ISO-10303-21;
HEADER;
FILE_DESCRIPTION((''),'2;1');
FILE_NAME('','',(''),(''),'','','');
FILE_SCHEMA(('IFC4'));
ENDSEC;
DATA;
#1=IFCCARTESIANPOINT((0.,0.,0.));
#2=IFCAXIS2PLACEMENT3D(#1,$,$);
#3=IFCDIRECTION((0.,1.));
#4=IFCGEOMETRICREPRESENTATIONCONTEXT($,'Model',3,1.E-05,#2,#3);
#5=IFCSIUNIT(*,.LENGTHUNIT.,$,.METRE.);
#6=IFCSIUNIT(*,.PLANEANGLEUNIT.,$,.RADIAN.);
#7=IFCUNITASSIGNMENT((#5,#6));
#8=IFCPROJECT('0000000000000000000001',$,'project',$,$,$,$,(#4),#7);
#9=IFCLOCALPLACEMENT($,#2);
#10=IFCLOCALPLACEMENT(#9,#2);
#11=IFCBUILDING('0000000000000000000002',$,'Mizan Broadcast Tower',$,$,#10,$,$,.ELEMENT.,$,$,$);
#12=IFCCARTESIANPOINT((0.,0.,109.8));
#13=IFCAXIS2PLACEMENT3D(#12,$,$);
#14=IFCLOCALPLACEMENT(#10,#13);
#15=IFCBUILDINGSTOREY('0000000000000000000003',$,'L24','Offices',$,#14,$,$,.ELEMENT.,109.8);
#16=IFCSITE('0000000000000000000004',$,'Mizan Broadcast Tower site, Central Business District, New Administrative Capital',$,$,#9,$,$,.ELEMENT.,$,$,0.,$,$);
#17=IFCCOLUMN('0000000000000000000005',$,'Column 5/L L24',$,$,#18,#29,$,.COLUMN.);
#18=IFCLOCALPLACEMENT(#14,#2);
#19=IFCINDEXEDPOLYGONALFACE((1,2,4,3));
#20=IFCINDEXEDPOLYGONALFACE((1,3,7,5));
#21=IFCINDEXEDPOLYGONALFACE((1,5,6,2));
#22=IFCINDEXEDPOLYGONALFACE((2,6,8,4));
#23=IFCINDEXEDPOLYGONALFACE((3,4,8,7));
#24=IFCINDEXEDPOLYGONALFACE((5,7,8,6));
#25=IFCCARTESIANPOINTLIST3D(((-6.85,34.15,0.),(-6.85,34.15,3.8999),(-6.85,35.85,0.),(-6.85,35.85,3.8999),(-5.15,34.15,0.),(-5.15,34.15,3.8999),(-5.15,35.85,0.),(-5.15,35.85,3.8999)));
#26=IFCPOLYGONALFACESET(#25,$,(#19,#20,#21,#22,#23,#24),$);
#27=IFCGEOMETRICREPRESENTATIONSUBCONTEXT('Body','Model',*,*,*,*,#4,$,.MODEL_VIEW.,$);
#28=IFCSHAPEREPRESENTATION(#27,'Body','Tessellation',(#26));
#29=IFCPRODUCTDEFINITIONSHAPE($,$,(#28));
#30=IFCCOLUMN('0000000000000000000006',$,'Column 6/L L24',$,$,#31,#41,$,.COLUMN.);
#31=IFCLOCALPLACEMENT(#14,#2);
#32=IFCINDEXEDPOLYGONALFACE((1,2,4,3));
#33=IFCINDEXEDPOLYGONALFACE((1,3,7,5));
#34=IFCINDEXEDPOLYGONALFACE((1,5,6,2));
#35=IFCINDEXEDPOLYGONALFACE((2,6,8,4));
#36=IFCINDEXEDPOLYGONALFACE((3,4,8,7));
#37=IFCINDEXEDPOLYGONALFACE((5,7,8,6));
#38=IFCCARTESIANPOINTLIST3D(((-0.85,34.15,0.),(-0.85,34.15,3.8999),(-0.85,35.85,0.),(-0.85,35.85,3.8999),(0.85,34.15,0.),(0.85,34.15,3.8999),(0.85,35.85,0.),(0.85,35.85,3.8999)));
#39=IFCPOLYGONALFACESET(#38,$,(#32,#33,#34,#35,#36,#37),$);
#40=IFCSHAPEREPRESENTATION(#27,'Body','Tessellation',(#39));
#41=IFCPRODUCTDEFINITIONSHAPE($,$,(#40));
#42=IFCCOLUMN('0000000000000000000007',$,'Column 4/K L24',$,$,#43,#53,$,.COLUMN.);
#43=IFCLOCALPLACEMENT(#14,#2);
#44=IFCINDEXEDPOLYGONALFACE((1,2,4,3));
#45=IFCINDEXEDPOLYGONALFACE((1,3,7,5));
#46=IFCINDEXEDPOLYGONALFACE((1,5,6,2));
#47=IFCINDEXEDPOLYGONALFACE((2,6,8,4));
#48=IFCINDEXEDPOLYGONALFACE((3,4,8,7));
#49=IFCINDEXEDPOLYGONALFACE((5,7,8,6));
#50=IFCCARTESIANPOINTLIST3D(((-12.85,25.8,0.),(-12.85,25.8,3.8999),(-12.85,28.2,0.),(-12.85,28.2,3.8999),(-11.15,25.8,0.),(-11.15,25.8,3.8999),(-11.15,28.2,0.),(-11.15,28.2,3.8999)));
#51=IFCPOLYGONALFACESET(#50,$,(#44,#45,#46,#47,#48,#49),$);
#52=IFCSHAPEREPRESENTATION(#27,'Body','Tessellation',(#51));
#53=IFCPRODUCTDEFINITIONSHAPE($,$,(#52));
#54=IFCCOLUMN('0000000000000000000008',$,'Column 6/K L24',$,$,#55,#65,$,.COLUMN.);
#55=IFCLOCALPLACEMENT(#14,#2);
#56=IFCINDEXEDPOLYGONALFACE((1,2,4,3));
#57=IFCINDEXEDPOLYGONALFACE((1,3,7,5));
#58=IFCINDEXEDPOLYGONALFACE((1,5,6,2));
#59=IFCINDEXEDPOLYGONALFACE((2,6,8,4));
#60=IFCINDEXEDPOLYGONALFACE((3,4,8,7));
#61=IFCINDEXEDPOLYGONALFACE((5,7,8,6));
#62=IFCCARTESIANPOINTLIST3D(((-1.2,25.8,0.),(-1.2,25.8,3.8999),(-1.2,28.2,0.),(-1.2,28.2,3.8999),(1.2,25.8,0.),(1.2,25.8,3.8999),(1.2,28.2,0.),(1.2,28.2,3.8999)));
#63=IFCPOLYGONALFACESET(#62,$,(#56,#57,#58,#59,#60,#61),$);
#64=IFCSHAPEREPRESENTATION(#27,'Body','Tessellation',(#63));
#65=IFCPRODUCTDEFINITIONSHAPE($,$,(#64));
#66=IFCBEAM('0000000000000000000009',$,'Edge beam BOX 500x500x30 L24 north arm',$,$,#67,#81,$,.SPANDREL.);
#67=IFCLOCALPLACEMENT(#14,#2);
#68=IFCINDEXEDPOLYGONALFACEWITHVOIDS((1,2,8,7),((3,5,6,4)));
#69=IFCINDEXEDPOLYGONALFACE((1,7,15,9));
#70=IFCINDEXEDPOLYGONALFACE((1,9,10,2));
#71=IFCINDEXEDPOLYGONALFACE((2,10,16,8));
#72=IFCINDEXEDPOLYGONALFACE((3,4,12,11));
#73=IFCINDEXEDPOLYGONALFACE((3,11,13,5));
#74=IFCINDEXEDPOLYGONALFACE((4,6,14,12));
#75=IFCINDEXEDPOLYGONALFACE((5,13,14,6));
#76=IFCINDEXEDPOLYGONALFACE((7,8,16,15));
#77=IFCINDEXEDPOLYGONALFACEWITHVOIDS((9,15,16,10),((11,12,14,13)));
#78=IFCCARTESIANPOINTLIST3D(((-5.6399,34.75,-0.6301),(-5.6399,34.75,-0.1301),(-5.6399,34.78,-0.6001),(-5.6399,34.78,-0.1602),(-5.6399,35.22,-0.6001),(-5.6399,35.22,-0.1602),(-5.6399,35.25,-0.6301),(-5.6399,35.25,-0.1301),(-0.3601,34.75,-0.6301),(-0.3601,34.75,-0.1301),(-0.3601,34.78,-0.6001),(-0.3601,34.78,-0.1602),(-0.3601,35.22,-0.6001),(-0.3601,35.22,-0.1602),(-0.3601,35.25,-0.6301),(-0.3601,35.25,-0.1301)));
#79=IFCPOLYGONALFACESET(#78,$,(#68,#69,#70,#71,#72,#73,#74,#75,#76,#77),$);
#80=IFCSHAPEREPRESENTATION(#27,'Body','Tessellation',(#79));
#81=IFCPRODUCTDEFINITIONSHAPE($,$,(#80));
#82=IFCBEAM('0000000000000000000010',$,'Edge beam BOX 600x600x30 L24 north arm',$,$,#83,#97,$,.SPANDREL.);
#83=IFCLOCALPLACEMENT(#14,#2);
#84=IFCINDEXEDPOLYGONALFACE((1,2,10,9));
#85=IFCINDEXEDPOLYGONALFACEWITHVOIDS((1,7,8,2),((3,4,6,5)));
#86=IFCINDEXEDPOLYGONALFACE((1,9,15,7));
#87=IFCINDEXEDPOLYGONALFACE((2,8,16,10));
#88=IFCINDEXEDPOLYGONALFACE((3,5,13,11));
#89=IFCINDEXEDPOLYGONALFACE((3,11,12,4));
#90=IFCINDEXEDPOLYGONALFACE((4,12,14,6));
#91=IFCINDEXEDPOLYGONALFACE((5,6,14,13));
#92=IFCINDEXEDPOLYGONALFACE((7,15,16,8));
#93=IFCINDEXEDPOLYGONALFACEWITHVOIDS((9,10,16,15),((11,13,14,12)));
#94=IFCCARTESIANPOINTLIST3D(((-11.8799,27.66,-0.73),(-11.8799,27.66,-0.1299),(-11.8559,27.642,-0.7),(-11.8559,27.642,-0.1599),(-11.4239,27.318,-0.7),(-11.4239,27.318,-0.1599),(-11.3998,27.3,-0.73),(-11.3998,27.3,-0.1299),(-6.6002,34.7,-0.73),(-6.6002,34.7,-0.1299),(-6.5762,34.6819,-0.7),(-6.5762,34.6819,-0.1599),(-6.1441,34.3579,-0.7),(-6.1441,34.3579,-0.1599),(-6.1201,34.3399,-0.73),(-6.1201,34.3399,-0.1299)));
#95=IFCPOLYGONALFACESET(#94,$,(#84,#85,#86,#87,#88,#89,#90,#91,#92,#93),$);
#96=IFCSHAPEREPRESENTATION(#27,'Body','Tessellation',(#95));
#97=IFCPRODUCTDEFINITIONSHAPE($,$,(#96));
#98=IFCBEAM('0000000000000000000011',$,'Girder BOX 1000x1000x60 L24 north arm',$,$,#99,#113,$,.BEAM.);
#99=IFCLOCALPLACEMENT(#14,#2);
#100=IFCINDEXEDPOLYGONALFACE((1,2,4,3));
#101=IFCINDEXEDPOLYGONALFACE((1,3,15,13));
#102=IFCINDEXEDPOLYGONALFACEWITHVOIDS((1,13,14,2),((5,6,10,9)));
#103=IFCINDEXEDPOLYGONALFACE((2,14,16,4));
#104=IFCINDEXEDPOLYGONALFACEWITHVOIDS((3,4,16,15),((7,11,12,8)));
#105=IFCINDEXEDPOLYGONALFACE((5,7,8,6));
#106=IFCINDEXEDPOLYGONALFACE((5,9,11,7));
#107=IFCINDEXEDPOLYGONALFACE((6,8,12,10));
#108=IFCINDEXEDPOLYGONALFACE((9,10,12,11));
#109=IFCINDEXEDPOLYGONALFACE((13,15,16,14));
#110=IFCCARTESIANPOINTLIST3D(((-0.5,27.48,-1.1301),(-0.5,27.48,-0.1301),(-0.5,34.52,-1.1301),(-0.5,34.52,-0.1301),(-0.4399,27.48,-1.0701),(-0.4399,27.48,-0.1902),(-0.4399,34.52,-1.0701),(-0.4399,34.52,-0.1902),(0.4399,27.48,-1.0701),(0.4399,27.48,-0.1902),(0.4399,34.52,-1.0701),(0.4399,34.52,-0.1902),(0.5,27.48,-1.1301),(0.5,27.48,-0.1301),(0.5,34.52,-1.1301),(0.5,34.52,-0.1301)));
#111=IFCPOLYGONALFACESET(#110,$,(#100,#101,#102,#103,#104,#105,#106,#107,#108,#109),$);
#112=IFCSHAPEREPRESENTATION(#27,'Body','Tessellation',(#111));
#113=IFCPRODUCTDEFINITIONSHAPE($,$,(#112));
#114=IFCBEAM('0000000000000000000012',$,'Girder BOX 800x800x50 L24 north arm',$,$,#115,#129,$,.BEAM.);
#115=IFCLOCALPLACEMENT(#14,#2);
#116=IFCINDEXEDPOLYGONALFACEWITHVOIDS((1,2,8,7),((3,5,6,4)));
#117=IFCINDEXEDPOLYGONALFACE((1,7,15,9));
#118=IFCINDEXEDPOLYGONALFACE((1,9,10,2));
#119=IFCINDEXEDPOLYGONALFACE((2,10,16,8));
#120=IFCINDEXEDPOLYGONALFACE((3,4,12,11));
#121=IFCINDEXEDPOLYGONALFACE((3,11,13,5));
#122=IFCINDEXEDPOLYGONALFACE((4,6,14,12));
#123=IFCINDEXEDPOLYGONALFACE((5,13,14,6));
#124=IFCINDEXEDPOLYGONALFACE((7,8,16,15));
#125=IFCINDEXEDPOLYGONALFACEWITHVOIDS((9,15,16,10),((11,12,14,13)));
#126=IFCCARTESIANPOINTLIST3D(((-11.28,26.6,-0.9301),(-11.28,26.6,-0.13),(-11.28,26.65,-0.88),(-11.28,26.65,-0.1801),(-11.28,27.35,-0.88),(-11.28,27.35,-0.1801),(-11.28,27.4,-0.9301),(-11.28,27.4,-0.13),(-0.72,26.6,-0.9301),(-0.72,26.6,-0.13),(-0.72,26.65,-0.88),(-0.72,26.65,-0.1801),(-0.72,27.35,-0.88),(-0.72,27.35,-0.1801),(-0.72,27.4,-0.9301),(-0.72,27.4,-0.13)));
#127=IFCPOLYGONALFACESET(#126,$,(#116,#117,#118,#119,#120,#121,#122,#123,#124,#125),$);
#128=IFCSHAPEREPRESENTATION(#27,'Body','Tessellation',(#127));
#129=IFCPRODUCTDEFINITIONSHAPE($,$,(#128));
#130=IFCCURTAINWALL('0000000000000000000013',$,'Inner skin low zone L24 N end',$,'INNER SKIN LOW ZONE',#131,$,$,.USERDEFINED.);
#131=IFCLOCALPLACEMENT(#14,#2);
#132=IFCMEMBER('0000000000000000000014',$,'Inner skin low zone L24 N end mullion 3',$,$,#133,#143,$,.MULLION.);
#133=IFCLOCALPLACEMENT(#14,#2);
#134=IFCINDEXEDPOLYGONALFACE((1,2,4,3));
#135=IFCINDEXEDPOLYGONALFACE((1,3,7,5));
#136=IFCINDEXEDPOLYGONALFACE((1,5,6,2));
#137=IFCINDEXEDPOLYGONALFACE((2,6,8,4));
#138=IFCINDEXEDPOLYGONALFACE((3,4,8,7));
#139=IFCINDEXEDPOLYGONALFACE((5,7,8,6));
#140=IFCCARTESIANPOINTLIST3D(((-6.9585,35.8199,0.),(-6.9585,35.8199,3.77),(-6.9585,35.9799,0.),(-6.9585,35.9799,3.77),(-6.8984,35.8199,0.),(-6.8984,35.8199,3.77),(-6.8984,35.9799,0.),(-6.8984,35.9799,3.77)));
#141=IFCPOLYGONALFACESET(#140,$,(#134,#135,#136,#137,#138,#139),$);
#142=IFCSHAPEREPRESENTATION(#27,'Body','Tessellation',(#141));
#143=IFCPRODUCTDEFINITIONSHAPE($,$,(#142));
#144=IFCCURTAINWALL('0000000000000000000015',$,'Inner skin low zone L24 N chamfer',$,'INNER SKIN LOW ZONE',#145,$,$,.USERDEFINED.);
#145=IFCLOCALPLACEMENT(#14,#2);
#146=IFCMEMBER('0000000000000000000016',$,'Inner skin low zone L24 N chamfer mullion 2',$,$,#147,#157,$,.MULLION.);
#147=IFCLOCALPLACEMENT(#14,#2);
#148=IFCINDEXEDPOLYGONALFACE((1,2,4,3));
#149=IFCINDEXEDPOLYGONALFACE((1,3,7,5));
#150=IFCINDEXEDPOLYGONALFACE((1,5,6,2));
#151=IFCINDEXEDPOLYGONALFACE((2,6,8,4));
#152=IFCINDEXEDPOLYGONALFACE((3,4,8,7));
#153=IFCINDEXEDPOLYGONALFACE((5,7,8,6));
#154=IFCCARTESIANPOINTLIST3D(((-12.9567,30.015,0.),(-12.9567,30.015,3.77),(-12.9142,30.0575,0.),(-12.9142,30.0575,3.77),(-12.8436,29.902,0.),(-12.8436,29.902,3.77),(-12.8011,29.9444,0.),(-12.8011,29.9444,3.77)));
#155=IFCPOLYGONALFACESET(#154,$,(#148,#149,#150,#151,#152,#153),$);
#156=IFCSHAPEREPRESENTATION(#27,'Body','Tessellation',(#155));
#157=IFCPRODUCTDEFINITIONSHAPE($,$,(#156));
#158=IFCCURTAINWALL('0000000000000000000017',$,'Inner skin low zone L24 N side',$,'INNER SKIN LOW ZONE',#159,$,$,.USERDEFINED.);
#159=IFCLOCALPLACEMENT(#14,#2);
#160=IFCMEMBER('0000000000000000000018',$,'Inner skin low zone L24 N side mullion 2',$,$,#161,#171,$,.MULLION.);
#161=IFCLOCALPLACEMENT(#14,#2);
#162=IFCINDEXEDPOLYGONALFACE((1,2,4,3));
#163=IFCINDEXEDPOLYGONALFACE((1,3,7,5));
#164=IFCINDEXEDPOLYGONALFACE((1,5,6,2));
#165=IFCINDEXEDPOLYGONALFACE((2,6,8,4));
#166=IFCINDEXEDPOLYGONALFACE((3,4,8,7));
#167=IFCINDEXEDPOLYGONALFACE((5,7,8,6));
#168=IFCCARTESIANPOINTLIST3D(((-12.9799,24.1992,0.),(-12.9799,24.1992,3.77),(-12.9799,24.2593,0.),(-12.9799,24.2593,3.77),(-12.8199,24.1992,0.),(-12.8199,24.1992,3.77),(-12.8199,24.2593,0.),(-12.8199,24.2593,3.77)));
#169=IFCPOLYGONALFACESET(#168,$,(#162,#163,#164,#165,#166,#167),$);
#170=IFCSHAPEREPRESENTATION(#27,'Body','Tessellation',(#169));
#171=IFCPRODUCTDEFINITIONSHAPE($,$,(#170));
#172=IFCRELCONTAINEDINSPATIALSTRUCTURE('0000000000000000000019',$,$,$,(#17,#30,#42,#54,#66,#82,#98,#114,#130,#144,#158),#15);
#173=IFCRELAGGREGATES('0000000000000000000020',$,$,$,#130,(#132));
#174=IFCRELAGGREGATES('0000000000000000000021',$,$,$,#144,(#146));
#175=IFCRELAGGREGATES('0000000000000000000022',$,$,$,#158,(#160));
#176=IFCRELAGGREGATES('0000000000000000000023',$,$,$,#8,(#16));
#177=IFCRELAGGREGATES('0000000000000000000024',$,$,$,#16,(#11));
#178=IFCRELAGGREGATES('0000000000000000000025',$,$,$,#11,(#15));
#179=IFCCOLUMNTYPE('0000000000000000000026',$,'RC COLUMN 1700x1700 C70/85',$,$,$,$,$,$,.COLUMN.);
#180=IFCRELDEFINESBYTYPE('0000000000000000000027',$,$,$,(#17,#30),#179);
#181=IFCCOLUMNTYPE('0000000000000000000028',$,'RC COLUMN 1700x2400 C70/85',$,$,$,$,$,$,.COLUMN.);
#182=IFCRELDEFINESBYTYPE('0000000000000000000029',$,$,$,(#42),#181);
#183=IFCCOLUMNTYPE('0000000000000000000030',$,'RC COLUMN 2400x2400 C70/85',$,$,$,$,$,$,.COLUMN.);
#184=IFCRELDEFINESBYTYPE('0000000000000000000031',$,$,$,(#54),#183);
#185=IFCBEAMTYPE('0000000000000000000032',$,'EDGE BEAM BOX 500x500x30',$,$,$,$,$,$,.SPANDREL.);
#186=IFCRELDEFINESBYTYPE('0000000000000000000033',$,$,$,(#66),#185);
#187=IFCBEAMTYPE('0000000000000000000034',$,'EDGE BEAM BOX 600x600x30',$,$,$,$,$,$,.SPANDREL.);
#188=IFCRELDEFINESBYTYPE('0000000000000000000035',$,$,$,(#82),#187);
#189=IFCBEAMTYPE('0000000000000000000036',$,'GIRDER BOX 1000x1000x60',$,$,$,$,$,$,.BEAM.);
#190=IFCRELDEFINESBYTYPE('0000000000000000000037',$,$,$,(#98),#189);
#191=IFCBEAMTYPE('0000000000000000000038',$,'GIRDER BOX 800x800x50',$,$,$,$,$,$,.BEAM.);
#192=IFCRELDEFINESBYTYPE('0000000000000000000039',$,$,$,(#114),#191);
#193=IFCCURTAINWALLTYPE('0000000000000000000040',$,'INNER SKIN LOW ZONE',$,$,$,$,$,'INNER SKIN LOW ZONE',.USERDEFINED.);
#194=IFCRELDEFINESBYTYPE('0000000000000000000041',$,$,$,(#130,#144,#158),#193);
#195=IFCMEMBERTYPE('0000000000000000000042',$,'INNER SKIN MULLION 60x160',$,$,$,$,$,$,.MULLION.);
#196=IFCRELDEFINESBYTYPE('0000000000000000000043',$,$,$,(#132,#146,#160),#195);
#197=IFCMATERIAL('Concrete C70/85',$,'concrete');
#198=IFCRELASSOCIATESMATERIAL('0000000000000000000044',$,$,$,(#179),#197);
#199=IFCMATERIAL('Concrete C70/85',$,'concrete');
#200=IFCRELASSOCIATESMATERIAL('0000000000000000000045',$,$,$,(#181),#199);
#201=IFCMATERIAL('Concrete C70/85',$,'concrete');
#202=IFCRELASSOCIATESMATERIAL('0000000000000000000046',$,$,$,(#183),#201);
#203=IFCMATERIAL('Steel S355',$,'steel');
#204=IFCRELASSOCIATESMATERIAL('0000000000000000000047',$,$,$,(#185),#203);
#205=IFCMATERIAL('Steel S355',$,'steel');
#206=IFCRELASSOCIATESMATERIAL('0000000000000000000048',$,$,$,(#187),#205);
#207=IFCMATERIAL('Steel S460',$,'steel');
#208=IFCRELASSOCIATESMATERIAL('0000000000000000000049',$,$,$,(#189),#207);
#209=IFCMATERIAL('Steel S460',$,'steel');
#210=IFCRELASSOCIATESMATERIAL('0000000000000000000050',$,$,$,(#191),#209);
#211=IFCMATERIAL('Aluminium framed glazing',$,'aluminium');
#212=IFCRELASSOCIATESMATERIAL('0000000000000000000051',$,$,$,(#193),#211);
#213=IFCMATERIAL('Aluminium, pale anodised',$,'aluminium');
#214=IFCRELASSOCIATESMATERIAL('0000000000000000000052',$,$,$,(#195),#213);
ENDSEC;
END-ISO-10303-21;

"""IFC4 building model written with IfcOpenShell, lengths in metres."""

from ifc_helpers import new_model, si_unit, direction, frame, origin, origin_2d, place, context, subcontext, project, spatial, rectangle, hollow_rectangle, extrude, material, material_profile, profile_set, type_object, element, aggregate, save


model = new_model("IFC4")

# Units and contexts
model_context = context("Model", 3, precision=1e-05, world=origin(), true_north=direction((0.0, 1.0)))
body_context = subcontext(model_context, "Body", "Model", "MODEL_VIEW")
ifc_project = project(units=[si_unit("LENGTHUNIT", "METRE"), si_unit("PLANEANGLEUNIT", "RADIAN")], contexts=[model_context])

# Site, building, storey
site_placement = place(None, origin())
site = spatial("IfcSite", under=ifc_project, at=site_placement, Name="Mizan Broadcast Tower site, Central Business District, New Administrative Capital", CompositionType="ELEMENT", RefElevation=0.0)
building_placement = place(site_placement, origin())
building = spatial("IfcBuilding", under=site, at=building_placement, Name="Mizan Broadcast Tower", CompositionType="ELEMENT")
storey_placement = place(building_placement, frame((0.0, 0.0, 109.8)))
storey = spatial("IfcBuildingStorey", under=building, at=storey_placement, Name="L24", Description="Offices", CompositionType="ELEMENT", Elevation=109.8)

# Columns
ifc_material_1 = material(Name="Concrete C70/85", Category="concrete")
ifc_material_profile_1 = material_profile(ifc_material_1, rectangle(XDim=1.7, YDim=1.7, at=origin_2d()), Name="RC 1700x1700")
ifc_profile_set_1 = profile_set([ifc_material_profile_1], Name="Concrete C70/85")
column_type_1 = type_object("IfcColumnType", Name="RC COLUMN 1700x1700 C70/85", PredefinedType="COLUMN", material=ifc_profile_set_1)
for number, where, z_axis, x_axis, name in (
    (1, (-6.0, 35.0, 0.0), (0.0, 0.0, 1.0), (1.0, 0.0, 0.0), "Column 5/L L24"),
    (2, (0.0, 35.0, 0.0), (0.0, 0.0, 1.0), (1.0, 0.0, 0.0), "Column 6/L L24"),
):
    element("IfcColumn", number, at=place(storey_placement, frame(where, z_axis=z_axis, x_axis=x_axis)), inside=storey, type_object=column_type_1, Name=name, PredefinedType="COLUMN", context=body_context, shape_type="SweptSolid", body=[
        extrude(rectangle(XDim=1.7, YDim=1.7, at=origin_2d()), origin(), (0.0, 0.0, 1.0), 3.8999),
    ])
ifc_material_2 = material(Name="Concrete C70/85", Category="concrete")
ifc_material_profile_2 = material_profile(ifc_material_2, rectangle(XDim=1.7, YDim=2.3999, at=origin_2d()), Name="RC 1700x2400")
ifc_profile_set_2 = profile_set([ifc_material_profile_2], Name="Concrete C70/85")
column_type_2 = type_object("IfcColumnType", Name="RC COLUMN 1700x2400 C70/85", PredefinedType="COLUMN", material=ifc_profile_set_2)
column_1_placement = place(storey_placement, frame((-12.0, 27.0, 0.0), z_axis=(0.0, 0.0, 1.0), x_axis=(1.0, 0.0, 0.0)))
element("IfcColumn", 3, at=column_1_placement, inside=storey, type_object=column_type_2, Name="Column 4/K L24", PredefinedType="COLUMN", context=body_context, shape_type="SweptSolid", body=[
    extrude(rectangle(XDim=1.7, YDim=2.3999, at=origin_2d()), origin(), (0.0, 0.0, 1.0), 3.8999),
])
ifc_material_3 = material(Name="Concrete C70/85", Category="concrete")
ifc_material_profile_3 = material_profile(ifc_material_3, rectangle(XDim=2.3999, YDim=2.3999, at=origin_2d()), Name="RC 2400x2400")
ifc_profile_set_3 = profile_set([ifc_material_profile_3], Name="Concrete C70/85")
column_type_3 = type_object("IfcColumnType", Name="RC COLUMN 2400x2400 C70/85", PredefinedType="COLUMN", material=ifc_profile_set_3)
column_2_placement = place(storey_placement, frame((0.0, 27.0, 0.0), z_axis=(0.0, 0.0, 1.0), x_axis=(1.0, 0.0, 0.0)))
element("IfcColumn", 4, at=column_2_placement, inside=storey, type_object=column_type_3, Name="Column 6/K L24", PredefinedType="COLUMN", context=body_context, shape_type="SweptSolid", body=[
    extrude(rectangle(XDim=2.3999, YDim=2.3999, at=origin_2d()), origin(), (0.0, 0.0, 1.0), 3.8999),
])

# Beams
ifc_material_4 = material(Name="Steel S355", Category="steel")
ifc_material_profile_4 = material_profile(ifc_material_4, hollow_rectangle(XDim=0.5, YDim=0.5, WallThickness=0.03, at=origin_2d()), Name="BOX 500x500x30")
ifc_profile_set_4 = profile_set([ifc_material_profile_4], Name="Steel S355")
beam_type_1 = type_object("IfcBeamType", Name="EDGE BEAM BOX 500x500x30", PredefinedType="SPANDREL", material=ifc_profile_set_4)
beam_1_placement = place(storey_placement, frame((-5.6399, 35.0, -0.3801), z_axis=(1.0, 0.0, 0.0), x_axis=(0.0, 1.0, 0.0)))
element("IfcBeam", 5, at=beam_1_placement, inside=storey, type_object=beam_type_1, Name="Edge beam BOX 500x500x30 L24 north arm", PredefinedType="SPANDREL", context=body_context, shape_type="SweptSolid", body=[
    extrude(hollow_rectangle(XDim=0.5, YDim=0.5, WallThickness=0.03, at=origin_2d()), origin(), (0.0, 0.0, 1.0), 5.2798),
])
ifc_material_5 = material(Name="Steel S355", Category="steel")
ifc_material_profile_5 = material_profile(ifc_material_5, hollow_rectangle(XDim=0.6001, YDim=0.6001, WallThickness=0.03, at=origin_2d()), Name="BOX 600x600x30")
ifc_profile_set_5 = profile_set([ifc_material_profile_5], Name="Steel S355")
beam_type_2 = type_object("IfcBeamType", Name="EDGE BEAM BOX 600x600x30", PredefinedType="SPANDREL", material=ifc_profile_set_5)
beam_2_placement = place(storey_placement, frame((-11.6399, 27.48, -0.4299), z_axis=(0.599982, 0.800013, 0.0), x_axis=(-0.800013, 0.599982, 0.0)))
element("IfcBeam", 6, at=beam_2_placement, inside=storey, type_object=beam_type_2, Name="Edge beam BOX 600x600x30 L24 north arm", PredefinedType="SPANDREL", context=body_context, shape_type="SweptSolid", body=[
    extrude(hollow_rectangle(XDim=0.6001, YDim=0.6001, WallThickness=0.03, at=origin_2d()), origin(), (0.0, 0.0, 1.0), 8.7998),
])
ifc_material_6 = material(Name="Steel S460", Category="steel")
ifc_material_profile_6 = material_profile(ifc_material_6, hollow_rectangle(XDim=1.0, YDim=1.0, WallThickness=0.0601, at=origin_2d()), Name="BOX 1000x1000x60")
ifc_profile_set_6 = profile_set([ifc_material_profile_6], Name="Steel S460")
beam_type_3 = type_object("IfcBeamType", Name="GIRDER BOX 1000x1000x60", PredefinedType="BEAM", material=ifc_profile_set_6)
beam_3_placement = place(storey_placement, frame((0.0, 27.48, -0.6301), z_axis=(0.0, 1.0, 0.0), x_axis=(-1.0, 0.0, 0.0)))
element("IfcBeam", 7, at=beam_3_placement, inside=storey, type_object=beam_type_3, Name="Girder BOX 1000x1000x60 L24 north arm", PredefinedType="BEAM", context=body_context, shape_type="SweptSolid", body=[
    extrude(hollow_rectangle(XDim=1.0, YDim=1.0, WallThickness=0.0601, at=origin_2d()), origin(), (0.0, 0.0, 1.0), 7.04),
])
ifc_material_7 = material(Name="Steel S460", Category="steel")
ifc_material_profile_7 = material_profile(ifc_material_7, hollow_rectangle(XDim=0.8, YDim=0.8, WallThickness=0.05, at=origin_2d()), Name="BOX 800x800x50")
ifc_profile_set_7 = profile_set([ifc_material_profile_7], Name="Steel S460")
beam_type_4 = type_object("IfcBeamType", Name="GIRDER BOX 800x800x50", PredefinedType="BEAM", material=ifc_profile_set_7)
beam_4_placement = place(storey_placement, frame((-11.28, 27.0, -0.53), z_axis=(1.0, 0.0, 0.0), x_axis=(0.0, 1.0, 0.0)))
element("IfcBeam", 8, at=beam_4_placement, inside=storey, type_object=beam_type_4, Name="Girder BOX 800x800x50 L24 north arm", PredefinedType="BEAM", context=body_context, shape_type="SweptSolid", body=[
    extrude(hollow_rectangle(XDim=0.8, YDim=0.8, WallThickness=0.05, at=origin_2d()), origin(), (0.0, 0.0, 1.0), 10.5601),
])

# Curtain walls, members
ifc_material_8 = material(Name="Aluminium framed glazing", Category="aluminium")
curtain_wall_type_1 = type_object("IfcCurtainWallType", Name="INNER SKIN LOW ZONE", ElementType="INNER SKIN LOW ZONE", PredefinedType="USERDEFINED", material=ifc_material_8)
curtain_wall_1_placement = place(storey_placement, origin())
curtain_wall_1 = element("IfcCurtainWall", 9, at=curtain_wall_1_placement, inside=storey, type_object=curtain_wall_type_1, Name="Inner skin low zone L24 N end", ObjectType="INNER SKIN LOW ZONE", PredefinedType="USERDEFINED")
ifc_material_9 = material(Name="Aluminium, pale anodised", Category="aluminium")
ifc_material_profile_8 = material_profile(ifc_material_9, rectangle(XDim=0.1599, YDim=0.0601, at=origin_2d()), Name="MULLION 160x60")
ifc_profile_set_8 = profile_set([ifc_material_profile_8], Name="Aluminium, pale anodised")
member_type_1 = type_object("IfcMemberType", Name="INNER SKIN MULLION 60x160", PredefinedType="MULLION", material=ifc_profile_set_8)
member_1_placement = place(storey_placement, frame((-6.9285, 35.8999, 0.0), z_axis=(0.0, 0.0, 1.0), x_axis=(0.0, -1.0, 0.0)))
member_1 = element("IfcMember", 10, at=member_1_placement, type_object=member_type_1, Name="Inner skin low zone L24 N end mullion 3", PredefinedType="MULLION", context=body_context, shape_type="SweptSolid", body=[
    extrude(rectangle(XDim=0.1599, YDim=0.0601, at=origin_2d()), origin(), (0.0, 0.0, 1.0), 3.77),
])
curtain_wall_2_placement = place(storey_placement, origin())
curtain_wall_2 = element("IfcCurtainWall", 11, at=curtain_wall_2_placement, inside=storey, type_object=curtain_wall_type_1, Name="Inner skin low zone L24 N chamfer", ObjectType="INNER SKIN LOW ZONE", PredefinedType="USERDEFINED")
member_2_placement = place(storey_placement, frame((-12.8789, 29.9797, 0.0), z_axis=(0.0, 0.0, 1.0), x_axis=(0.707107, -0.707107, 0.0)))
member_2 = element("IfcMember", 12, at=member_2_placement, type_object=member_type_1, Name="Inner skin low zone L24 N chamfer mullion 2", PredefinedType="MULLION", context=body_context, shape_type="SweptSolid", body=[
    extrude(rectangle(XDim=0.1599, YDim=0.0601, at=origin_2d()), origin(), (0.0, 0.0, 1.0), 3.77),
])
curtain_wall_3_placement = place(storey_placement, origin())
curtain_wall_3 = element("IfcCurtainWall", 13, at=curtain_wall_3_placement, inside=storey, type_object=curtain_wall_type_1, Name="Inner skin low zone L24 N side", ObjectType="INNER SKIN LOW ZONE", PredefinedType="USERDEFINED")
member_3_placement = place(storey_placement, frame((-12.8999, 24.2292, 0.0), z_axis=(0.0, 0.0, 1.0), x_axis=(1.0, 0.0, 0.0)))
member_3 = element("IfcMember", 14, at=member_3_placement, type_object=member_type_1, Name="Inner skin low zone L24 N side mullion 2", PredefinedType="MULLION", context=body_context, shape_type="SweptSolid", body=[
    extrude(rectangle(XDim=0.1599, YDim=0.0601, at=origin_2d()), origin(), (0.0, 0.0, 1.0), 3.77),
])

aggregate(curtain_wall_1, [member_1])
aggregate(curtain_wall_2, [member_2])
aggregate(curtain_wall_3, [member_3])

save(model, "model.ifc")
